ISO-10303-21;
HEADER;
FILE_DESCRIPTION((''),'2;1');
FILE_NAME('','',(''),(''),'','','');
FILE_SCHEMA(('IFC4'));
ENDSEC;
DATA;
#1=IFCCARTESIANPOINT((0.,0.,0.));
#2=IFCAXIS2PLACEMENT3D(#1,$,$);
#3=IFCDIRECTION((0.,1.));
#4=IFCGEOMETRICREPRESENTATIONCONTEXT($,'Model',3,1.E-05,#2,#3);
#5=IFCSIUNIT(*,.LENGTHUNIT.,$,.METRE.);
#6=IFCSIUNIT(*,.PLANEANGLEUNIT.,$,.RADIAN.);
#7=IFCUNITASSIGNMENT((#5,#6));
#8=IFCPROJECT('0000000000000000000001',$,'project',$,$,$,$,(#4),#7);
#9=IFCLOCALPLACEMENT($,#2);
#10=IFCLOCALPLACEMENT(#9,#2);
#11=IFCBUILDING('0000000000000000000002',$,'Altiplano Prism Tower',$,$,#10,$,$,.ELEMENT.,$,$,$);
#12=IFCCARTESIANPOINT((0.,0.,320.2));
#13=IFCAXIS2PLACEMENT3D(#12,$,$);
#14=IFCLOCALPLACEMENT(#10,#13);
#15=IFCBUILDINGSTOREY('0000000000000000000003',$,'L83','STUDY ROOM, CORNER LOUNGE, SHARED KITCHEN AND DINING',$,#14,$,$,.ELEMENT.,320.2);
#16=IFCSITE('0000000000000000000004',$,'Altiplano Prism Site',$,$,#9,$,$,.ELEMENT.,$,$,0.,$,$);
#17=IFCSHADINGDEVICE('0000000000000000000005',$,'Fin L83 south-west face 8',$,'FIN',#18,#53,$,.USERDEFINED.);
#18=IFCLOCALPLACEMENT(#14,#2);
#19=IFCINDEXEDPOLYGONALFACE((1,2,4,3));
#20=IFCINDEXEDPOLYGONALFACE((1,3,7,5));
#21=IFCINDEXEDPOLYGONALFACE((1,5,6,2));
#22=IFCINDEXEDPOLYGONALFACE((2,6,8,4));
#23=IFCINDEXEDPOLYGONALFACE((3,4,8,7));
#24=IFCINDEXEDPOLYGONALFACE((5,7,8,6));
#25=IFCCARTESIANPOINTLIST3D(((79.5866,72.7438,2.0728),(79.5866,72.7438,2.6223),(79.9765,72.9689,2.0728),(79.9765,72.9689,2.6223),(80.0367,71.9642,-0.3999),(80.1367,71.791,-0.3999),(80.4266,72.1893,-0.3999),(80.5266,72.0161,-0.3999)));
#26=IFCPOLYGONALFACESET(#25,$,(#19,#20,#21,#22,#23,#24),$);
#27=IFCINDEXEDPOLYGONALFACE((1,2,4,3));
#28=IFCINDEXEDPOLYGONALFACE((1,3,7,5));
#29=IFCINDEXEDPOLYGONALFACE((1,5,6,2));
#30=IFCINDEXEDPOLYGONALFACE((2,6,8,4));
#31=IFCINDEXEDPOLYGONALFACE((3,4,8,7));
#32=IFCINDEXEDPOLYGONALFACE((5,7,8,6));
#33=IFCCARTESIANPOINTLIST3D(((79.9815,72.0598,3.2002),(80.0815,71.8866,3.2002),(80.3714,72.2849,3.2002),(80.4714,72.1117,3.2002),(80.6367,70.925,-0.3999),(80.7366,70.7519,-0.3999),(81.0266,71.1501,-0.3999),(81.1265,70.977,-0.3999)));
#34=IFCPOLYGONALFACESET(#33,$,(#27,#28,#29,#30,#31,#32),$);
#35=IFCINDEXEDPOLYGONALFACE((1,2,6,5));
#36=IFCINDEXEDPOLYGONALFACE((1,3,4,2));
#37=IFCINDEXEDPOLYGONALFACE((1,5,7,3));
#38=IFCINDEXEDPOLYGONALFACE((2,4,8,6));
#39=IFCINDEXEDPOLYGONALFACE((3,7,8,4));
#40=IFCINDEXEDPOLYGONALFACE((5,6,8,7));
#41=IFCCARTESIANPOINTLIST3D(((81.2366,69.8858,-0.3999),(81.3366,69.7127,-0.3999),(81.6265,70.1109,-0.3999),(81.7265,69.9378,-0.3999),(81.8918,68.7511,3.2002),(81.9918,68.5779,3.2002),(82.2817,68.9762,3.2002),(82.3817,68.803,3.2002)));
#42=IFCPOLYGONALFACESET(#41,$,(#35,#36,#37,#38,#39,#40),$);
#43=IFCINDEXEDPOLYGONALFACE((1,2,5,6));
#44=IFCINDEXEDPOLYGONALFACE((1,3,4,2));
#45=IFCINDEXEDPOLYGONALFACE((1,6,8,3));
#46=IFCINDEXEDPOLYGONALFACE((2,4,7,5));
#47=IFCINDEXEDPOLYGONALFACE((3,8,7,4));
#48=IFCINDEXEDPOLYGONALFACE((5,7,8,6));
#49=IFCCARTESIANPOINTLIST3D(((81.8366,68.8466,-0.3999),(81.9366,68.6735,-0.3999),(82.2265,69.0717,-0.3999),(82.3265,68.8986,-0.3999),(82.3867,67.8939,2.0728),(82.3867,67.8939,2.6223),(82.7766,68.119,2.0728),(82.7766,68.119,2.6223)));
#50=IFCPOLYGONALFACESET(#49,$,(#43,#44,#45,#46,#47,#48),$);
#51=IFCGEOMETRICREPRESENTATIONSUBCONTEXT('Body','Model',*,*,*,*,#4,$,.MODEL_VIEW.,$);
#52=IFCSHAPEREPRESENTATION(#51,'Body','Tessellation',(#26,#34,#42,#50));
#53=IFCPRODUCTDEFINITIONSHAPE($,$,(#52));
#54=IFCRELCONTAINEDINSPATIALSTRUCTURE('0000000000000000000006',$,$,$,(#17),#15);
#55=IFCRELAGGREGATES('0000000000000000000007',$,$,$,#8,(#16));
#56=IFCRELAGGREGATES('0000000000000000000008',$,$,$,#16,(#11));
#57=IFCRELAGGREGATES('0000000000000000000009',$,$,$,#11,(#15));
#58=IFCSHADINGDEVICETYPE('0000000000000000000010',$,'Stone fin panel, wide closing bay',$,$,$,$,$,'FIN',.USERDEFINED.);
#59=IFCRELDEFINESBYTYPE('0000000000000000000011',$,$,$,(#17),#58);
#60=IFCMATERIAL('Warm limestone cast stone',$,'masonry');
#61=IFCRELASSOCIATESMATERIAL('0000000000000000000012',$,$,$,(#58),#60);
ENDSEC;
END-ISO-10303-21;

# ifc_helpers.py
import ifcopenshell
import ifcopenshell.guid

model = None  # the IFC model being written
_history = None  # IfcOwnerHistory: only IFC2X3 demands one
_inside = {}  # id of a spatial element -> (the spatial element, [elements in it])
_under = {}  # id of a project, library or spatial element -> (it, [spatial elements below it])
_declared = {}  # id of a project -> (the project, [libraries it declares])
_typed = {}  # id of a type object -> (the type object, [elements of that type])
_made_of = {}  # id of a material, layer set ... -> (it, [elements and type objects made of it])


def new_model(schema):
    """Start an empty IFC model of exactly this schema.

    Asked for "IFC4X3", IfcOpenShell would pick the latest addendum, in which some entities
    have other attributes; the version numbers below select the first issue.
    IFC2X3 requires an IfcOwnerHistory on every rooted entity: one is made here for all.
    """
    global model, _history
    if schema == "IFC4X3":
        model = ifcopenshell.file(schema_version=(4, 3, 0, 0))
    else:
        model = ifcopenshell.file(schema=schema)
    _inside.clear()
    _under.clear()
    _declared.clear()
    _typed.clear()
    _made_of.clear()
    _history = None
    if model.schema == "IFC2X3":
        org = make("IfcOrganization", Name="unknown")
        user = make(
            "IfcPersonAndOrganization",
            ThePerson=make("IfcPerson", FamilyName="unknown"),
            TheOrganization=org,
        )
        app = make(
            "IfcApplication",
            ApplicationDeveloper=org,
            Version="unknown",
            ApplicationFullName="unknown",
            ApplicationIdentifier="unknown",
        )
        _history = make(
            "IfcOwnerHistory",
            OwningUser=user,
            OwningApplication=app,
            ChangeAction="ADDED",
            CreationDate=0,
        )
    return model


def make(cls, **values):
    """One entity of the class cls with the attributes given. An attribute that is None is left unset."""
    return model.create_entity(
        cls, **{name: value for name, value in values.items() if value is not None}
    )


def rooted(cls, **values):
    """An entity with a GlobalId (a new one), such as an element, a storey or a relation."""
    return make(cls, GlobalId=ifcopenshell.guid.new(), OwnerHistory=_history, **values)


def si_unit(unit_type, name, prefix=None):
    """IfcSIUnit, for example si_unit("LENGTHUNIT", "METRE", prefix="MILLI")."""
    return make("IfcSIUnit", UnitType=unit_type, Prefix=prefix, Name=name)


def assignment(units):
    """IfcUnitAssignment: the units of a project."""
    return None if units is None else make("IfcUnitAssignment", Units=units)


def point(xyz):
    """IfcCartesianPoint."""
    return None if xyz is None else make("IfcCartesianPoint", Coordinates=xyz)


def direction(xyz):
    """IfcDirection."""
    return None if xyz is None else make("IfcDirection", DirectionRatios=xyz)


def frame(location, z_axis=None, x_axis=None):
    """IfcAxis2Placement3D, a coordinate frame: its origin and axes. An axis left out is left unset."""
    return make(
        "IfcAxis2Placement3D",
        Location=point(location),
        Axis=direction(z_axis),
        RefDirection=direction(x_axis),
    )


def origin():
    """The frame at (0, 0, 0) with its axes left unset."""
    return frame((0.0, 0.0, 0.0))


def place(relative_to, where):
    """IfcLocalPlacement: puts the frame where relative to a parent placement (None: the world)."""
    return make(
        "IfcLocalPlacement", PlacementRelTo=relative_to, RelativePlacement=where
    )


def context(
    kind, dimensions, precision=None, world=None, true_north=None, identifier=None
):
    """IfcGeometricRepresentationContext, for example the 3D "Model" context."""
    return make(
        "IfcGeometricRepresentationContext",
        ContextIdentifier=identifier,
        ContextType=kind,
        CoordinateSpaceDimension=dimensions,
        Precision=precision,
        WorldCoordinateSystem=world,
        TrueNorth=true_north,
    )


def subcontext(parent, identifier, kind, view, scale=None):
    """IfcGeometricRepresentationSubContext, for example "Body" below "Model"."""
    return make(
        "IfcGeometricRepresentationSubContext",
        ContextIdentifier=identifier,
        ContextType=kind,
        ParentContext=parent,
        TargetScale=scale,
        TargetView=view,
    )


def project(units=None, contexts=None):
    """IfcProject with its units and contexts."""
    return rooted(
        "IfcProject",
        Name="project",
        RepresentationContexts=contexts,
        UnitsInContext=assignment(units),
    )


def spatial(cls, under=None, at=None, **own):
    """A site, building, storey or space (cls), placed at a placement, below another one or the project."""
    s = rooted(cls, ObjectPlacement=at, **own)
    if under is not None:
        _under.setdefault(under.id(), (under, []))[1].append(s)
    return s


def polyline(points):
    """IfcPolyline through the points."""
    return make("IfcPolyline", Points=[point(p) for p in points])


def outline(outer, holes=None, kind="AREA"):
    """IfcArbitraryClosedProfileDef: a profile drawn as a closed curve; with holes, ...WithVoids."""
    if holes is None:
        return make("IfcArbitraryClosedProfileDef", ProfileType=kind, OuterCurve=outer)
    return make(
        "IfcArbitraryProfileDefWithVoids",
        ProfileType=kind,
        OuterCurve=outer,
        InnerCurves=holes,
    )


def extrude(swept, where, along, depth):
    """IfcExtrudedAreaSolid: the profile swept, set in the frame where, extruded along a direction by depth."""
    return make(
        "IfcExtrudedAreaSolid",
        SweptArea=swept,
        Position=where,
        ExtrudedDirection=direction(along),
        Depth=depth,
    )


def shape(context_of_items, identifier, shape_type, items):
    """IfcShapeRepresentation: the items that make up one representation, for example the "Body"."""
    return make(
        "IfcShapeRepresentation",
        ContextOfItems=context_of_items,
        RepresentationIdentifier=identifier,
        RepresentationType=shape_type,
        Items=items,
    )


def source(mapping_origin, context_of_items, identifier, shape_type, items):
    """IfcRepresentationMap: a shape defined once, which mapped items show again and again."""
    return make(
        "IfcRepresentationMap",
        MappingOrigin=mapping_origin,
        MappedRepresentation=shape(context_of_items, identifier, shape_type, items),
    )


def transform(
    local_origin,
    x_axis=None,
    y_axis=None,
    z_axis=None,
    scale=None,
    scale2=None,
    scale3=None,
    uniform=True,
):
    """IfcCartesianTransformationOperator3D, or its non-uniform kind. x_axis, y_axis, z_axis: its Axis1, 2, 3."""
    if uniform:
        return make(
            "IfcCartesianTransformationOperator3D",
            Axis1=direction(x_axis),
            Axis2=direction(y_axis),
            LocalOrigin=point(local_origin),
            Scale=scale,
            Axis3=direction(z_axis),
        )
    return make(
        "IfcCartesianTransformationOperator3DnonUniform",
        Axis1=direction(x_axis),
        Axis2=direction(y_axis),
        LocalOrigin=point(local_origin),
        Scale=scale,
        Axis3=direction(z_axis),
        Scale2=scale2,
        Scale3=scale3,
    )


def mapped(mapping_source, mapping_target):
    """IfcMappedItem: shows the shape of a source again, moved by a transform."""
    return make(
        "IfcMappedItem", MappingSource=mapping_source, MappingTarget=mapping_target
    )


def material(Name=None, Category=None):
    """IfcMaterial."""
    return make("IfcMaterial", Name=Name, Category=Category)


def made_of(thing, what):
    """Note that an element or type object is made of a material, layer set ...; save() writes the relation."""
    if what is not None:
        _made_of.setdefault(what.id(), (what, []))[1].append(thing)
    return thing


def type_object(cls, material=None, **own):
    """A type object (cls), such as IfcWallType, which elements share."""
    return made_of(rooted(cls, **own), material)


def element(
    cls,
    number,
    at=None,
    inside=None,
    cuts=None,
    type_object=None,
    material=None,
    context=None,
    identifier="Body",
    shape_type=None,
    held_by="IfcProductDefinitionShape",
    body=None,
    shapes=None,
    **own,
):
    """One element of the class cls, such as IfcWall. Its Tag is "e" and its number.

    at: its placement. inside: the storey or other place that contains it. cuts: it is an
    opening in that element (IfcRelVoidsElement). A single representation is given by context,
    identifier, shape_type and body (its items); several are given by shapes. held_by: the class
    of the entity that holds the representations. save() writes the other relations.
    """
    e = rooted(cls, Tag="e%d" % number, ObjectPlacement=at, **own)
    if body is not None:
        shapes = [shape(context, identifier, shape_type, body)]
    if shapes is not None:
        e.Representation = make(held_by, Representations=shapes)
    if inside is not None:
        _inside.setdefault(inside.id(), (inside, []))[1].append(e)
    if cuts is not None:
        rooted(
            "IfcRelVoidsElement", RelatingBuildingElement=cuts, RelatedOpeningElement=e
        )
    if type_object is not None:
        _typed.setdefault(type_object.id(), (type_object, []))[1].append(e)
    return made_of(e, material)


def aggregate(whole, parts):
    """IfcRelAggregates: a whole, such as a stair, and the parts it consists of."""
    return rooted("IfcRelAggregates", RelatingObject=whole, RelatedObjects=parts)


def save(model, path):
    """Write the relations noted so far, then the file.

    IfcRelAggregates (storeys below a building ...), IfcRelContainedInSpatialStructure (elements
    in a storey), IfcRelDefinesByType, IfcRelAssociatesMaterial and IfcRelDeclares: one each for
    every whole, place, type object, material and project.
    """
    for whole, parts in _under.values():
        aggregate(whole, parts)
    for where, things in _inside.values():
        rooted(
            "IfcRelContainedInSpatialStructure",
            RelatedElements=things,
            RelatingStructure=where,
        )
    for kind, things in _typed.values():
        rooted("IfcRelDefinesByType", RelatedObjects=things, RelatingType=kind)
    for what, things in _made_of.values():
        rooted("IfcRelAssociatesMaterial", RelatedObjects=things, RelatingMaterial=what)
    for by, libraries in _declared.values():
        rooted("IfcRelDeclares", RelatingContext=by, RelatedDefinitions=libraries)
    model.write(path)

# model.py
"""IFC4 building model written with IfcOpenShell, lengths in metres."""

from ifc_helpers import new_model, si_unit, direction, frame, origin, place, context, subcontext, project, spatial, polyline, outline, extrude, source, transform, mapped, material, type_object, element, save


model = new_model("IFC4")

# Units and contexts
model_context = context("Model", 3, precision=1e-05, world=origin(), true_north=direction((0.0, 1.0)))
body_context = subcontext(model_context, "Body", "Model", "MODEL_VIEW")
ifc_project = project(units=[si_unit("LENGTHUNIT", "METRE"), si_unit("PLANEANGLEUNIT", "RADIAN")], contexts=[model_context])

# Site, building, storey
site_placement = place(None, origin())
site = spatial("IfcSite", under=ifc_project, at=site_placement, Name="Altiplano Prism Site", CompositionType="ELEMENT", RefElevation=0.0)
building_placement = place(site_placement, origin())
building = spatial("IfcBuilding", under=site, at=building_placement, Name="Altiplano Prism Tower", CompositionType="ELEMENT")
storey_placement = place(building_placement, frame((0.0, 0.0, 320.2)))
storey = spatial("IfcBuildingStorey", under=building, at=storey_placement, Name="L83", Description="STUDY ROOM, CORNER LOUNGE, SHARED KITCHEN AND DINING", CompositionType="ELEMENT", Elevation=320.2)

# Shading device
ifc_material_1 = material(Name="Warm limestone cast stone", Category="masonry")
shading_device_type_1 = type_object("IfcShadingDeviceType", Name="Stone fin panel, wide closing bay", ElementType="FIN", PredefinedType="USERDEFINED", material=ifc_material_1)
shared_shape_1 = source(origin(), body_context, "Body", "SweptSolid", [
    extrude(outline(polyline([(-2.8, 3.0222), (-2.8, 2.4727), (-1.8999, 0.0), (-1.7, 0.0), (-2.8, 3.0222)])), frame((0.0, -0.1499, 0.0), z_axis=(0.0, -1.0, 0.0), x_axis=(1.0, 0.0, 0.0)), (0.0, 0.0, 1.0), 0.4502),
    extrude(outline(polyline([(-2.0103, 3.6001), (-0.7, 0.0), (-0.5, 0.0), (-1.8103, 3.6001), (-2.0103, 3.6001)])), frame((0.0, -0.1499, 0.0), z_axis=(0.0, -1.0, 0.0), x_axis=(1.0, 0.0, 0.0)), (0.0, 0.0, 1.0), 0.4502),
    extrude(outline(polyline([(1.8103, 3.6001), (0.5, 0.0), (0.7, 0.0), (2.0103, 3.6001), (1.8103, 3.6001)])), frame((0.0, -0.1499, 0.0), z_axis=(0.0, -1.0, 0.0), x_axis=(1.0, 0.0, 0.0)), (0.0, 0.0, 1.0), 0.4502),
    extrude(outline(polyline([(2.8, 2.4727), (2.8, 3.0222), (1.7, 0.0), (1.8999, 0.0), (2.8, 2.4727)])), frame((0.0, -0.1499, 0.0), z_axis=(0.0, -1.0, 0.0), x_axis=(1.0, 0.0, 0.0)), (0.0, 0.0, 1.0), 0.4502),
])
shading_device_1_placement = place(storey_placement, origin())
element("IfcShadingDevice", 1, at=shading_device_1_placement, inside=storey, type_object=shading_device_type_1, Name="Fin L83 south-west face 8", ObjectType="FIN", PredefinedType="USERDEFINED", context=body_context, shape_type="MappedRepresentation", body=[
    mapped(shared_shape_1, transform((81.5063, 70.6189, -0.3999), x_axis=(0.5, -0.866025, 0.0), y_axis=(0.866025, 0.5, 0.0), z_axis=(0.0, 0.0, 1.0))),
])

save(model, "model.ifc")
